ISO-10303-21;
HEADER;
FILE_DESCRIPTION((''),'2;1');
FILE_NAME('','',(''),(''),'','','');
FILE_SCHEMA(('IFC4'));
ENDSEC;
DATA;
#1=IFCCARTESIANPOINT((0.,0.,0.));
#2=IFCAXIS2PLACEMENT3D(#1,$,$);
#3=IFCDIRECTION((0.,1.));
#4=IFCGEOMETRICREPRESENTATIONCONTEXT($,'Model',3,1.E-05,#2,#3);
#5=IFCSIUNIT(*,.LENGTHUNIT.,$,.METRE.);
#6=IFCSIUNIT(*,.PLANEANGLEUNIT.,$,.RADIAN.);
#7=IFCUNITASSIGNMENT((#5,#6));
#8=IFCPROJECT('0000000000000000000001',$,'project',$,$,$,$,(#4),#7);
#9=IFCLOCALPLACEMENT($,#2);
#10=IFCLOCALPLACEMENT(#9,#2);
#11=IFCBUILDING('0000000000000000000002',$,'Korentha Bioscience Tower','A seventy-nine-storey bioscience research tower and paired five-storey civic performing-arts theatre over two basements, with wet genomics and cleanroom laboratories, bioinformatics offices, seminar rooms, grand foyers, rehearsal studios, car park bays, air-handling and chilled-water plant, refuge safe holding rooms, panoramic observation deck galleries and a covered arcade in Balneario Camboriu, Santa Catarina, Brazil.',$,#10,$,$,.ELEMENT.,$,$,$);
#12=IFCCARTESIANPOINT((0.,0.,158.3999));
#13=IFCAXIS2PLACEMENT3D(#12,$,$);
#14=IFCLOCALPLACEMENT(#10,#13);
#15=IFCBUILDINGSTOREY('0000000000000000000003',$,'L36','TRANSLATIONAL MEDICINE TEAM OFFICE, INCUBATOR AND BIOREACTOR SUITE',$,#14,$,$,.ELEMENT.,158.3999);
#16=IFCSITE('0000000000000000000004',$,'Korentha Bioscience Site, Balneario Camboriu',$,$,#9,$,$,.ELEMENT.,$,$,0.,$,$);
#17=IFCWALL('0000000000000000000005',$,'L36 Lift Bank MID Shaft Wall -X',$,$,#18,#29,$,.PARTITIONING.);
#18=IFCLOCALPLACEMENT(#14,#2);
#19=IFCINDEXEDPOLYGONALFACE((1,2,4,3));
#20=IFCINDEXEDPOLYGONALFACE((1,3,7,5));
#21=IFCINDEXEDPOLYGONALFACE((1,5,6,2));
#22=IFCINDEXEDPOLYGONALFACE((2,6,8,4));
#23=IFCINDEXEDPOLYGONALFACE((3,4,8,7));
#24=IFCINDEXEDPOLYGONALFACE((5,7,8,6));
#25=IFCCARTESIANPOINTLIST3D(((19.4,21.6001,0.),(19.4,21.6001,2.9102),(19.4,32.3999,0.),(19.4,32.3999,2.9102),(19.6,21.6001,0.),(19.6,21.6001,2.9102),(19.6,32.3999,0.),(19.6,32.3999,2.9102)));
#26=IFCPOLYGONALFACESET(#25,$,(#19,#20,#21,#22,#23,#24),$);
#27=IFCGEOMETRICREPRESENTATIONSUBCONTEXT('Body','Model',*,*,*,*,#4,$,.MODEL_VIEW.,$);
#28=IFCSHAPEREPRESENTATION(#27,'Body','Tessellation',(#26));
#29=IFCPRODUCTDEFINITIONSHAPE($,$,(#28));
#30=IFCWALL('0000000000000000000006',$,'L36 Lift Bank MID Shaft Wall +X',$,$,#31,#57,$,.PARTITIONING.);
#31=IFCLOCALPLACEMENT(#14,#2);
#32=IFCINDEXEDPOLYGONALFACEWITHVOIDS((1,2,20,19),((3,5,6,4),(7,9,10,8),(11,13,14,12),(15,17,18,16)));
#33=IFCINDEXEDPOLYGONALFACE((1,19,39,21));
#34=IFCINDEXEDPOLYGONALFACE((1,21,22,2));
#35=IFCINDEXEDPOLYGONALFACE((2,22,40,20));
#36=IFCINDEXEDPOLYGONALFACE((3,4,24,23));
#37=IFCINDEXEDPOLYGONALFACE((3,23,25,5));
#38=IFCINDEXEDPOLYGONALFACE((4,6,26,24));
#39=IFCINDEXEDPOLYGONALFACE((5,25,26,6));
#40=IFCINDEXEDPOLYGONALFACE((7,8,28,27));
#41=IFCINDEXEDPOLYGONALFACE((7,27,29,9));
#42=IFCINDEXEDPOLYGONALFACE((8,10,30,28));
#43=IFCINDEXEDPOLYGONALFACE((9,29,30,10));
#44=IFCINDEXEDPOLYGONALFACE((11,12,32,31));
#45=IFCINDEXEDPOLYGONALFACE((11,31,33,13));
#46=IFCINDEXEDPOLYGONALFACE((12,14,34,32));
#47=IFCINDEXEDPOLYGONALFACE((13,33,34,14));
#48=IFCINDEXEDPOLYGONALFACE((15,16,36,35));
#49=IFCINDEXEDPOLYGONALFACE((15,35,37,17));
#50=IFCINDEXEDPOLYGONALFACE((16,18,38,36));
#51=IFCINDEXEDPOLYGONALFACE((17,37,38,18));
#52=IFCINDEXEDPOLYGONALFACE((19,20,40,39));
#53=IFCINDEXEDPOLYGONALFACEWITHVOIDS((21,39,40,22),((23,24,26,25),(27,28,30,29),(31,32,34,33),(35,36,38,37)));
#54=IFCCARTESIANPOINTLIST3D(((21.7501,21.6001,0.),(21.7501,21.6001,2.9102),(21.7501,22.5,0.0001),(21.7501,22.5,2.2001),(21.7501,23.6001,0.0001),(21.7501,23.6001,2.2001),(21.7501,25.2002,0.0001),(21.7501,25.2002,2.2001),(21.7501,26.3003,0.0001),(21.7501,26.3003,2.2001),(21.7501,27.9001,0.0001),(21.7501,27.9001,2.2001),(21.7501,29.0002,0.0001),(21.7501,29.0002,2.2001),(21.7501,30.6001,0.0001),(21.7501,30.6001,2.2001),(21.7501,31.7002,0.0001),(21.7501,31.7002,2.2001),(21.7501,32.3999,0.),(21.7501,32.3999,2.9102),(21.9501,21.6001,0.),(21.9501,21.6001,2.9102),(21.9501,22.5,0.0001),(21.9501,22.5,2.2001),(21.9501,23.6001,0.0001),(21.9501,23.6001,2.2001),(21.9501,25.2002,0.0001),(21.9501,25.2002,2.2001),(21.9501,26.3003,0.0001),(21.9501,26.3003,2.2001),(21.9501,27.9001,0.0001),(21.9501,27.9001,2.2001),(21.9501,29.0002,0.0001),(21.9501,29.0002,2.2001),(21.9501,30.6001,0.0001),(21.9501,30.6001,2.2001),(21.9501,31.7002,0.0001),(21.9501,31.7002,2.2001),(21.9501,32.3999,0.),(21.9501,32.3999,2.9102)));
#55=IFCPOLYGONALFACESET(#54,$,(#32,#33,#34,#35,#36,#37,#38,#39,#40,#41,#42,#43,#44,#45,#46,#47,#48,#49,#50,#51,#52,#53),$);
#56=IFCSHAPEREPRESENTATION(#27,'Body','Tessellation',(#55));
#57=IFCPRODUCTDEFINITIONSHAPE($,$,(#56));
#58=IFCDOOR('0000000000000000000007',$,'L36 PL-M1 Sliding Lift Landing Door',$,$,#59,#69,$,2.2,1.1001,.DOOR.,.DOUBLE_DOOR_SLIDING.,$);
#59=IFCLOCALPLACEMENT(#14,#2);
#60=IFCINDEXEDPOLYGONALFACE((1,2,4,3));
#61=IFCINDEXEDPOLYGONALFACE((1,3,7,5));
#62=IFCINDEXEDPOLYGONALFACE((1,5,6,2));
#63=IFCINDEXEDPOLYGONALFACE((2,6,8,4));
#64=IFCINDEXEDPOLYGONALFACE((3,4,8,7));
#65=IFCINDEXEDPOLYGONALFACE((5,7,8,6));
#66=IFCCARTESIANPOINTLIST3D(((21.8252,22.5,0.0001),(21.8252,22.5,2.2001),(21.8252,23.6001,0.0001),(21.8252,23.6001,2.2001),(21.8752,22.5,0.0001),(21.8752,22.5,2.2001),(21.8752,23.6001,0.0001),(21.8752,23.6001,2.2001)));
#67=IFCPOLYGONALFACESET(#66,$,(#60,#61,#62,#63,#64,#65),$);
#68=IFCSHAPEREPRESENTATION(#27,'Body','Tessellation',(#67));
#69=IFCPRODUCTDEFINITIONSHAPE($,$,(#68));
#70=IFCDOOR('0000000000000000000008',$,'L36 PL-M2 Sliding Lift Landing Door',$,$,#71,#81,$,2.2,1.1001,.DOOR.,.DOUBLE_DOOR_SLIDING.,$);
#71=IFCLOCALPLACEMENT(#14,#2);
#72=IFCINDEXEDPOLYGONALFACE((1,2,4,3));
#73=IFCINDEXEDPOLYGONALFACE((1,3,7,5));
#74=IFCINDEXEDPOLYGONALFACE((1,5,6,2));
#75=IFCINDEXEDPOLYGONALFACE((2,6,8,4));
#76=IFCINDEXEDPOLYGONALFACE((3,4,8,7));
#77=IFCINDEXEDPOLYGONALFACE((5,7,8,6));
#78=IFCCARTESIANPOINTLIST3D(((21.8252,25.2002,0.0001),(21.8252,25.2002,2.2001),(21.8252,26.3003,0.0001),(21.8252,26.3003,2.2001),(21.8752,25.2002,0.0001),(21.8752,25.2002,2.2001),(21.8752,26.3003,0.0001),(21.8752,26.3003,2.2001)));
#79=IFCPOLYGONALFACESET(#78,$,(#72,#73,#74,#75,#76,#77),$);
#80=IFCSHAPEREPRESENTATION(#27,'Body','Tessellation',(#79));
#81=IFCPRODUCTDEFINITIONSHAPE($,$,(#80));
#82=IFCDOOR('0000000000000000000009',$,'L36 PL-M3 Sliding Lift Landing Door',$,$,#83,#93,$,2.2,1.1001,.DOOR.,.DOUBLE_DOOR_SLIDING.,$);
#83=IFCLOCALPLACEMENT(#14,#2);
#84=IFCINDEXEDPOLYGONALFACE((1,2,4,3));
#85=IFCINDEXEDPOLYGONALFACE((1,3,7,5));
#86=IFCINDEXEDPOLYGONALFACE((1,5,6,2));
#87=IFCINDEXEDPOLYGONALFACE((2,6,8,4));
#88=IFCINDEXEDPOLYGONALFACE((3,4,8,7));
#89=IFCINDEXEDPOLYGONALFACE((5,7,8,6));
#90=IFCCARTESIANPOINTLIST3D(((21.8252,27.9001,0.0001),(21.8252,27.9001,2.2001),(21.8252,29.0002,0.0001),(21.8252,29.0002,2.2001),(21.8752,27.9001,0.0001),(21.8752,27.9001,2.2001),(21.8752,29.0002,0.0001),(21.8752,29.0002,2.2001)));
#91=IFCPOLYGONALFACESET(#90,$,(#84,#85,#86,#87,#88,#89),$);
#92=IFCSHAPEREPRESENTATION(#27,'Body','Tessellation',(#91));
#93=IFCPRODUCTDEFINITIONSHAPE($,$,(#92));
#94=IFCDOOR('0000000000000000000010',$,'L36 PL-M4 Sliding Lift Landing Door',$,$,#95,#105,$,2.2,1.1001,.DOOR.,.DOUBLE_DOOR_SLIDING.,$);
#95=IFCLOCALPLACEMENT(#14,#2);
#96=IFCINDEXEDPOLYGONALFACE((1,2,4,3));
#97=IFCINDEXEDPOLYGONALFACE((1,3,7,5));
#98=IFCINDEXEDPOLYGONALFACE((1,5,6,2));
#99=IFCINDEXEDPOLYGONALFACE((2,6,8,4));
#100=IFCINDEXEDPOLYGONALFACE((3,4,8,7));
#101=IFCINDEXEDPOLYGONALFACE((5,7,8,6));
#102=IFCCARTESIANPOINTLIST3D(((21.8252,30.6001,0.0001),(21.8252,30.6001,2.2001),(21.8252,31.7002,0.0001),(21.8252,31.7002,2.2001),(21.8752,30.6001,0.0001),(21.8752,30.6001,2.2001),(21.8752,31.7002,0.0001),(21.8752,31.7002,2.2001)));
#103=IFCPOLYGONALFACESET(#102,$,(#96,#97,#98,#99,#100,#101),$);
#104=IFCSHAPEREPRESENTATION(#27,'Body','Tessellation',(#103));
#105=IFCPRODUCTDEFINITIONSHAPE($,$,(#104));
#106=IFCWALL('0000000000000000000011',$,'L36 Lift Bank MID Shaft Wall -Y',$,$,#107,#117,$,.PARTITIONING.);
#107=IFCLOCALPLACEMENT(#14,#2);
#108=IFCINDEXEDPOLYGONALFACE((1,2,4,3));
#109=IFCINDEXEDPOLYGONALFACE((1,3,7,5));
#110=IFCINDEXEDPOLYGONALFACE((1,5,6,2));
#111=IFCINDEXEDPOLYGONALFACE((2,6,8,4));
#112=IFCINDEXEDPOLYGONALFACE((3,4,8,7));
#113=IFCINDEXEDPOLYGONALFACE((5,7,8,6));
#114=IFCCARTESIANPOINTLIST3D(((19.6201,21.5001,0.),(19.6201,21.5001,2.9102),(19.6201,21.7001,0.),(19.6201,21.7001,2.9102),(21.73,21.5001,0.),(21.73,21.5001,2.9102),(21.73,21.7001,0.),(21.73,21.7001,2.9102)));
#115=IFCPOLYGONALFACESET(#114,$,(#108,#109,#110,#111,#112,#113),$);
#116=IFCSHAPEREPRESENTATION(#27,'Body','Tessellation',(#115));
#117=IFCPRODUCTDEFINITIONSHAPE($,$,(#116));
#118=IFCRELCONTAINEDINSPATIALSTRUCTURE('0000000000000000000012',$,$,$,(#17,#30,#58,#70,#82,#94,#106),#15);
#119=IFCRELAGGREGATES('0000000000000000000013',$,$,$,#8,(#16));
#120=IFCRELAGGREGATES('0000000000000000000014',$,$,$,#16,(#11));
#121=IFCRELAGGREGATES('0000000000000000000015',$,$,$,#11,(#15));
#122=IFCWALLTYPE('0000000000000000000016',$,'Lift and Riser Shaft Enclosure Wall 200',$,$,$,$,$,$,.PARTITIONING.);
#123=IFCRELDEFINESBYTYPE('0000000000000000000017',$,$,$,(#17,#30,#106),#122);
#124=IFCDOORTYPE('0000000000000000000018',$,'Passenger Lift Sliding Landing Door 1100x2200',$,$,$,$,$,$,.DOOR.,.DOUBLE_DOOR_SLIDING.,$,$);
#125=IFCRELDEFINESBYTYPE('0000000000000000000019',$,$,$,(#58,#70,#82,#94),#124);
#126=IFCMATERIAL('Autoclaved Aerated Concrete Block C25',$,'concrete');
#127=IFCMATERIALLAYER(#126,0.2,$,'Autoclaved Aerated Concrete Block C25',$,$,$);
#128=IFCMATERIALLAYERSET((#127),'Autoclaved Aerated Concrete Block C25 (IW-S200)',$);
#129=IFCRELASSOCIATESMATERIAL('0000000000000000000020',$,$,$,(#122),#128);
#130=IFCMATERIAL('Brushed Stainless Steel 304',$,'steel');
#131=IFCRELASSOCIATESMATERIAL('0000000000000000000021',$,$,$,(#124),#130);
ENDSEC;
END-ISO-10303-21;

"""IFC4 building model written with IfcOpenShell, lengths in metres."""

from ifc_helpers import new_model, si_unit, direction, frame, frame_2d, origin, place, context, subcontext, project, spatial, rectangle, extrude, material, layer, layer_set, type_object, element, fill, save


model = new_model("IFC4")

# Units and contexts
model_context = context("Model", 3, precision=1e-05, world=origin(), true_north=direction((0.0, 1.0)))
body_context = subcontext(model_context, "Body", "Model", "MODEL_VIEW")
ifc_project = project(units=[si_unit("LENGTHUNIT", "METRE"), si_unit("PLANEANGLEUNIT", "RADIAN")], contexts=[model_context])

# Site, building, storey
site_placement = place(None, origin())
site = spatial("IfcSite", under=ifc_project, at=site_placement, Name="Korentha Bioscience Site, Balneario Camboriu", CompositionType="ELEMENT", RefElevation=0.0)
building_placement = place(site_placement, origin())
building = spatial("IfcBuilding", under=site, at=building_placement, Name="Korentha Bioscience Tower", Description="A seventy-nine-storey bioscience research tower and paired five-storey civic performing-arts theatre over two basements, with wet genomics and cleanroom laboratories, bioinformatics offices, seminar rooms, grand foyers, rehearsal studios, car park bays, air-handling and chilled-water plant, refuge safe holding rooms, panoramic observation deck galleries and a covered arcade in Balneario Camboriu, Santa Catarina, Brazil.", CompositionType="ELEMENT")
storey_placement = place(building_placement, frame((0.0, 0.0, 158.3999)))
storey = spatial("IfcBuildingStorey", under=building, at=storey_placement, Name="L36", Description="TRANSLATIONAL MEDICINE TEAM OFFICE, INCUBATOR AND BIOREACTOR SUITE", CompositionType="ELEMENT", Elevation=158.3999)

# Wall
ifc_material_1 = material(Name="Autoclaved Aerated Concrete Block C25", Category="concrete")
ifc_layer_1 = layer(ifc_material_1, 0.2, Name="Autoclaved Aerated Concrete Block C25")
ifc_layer_set_1 = layer_set([ifc_layer_1], Name="Autoclaved Aerated Concrete Block C25 (IW-S200)")
wall_type_1 = type_object("IfcWallType", Name="Lift and Riser Shaft Enclosure Wall 200", PredefinedType="PARTITIONING", material=ifc_layer_set_1)
wall_1_placement = place(storey_placement, frame((19.5, 21.6001, 0.0), z_axis=(0.0, 0.0, 1.0), x_axis=(0.0, 1.0, 0.0)))
element("IfcWall", 1, at=wall_1_placement, inside=storey, type_object=wall_type_1, Name="L36 Lift Bank MID Shaft Wall -X", PredefinedType="PARTITIONING", context=body_context, shape_type="SweptSolid", body=[
    extrude(rectangle(XDim=10.7998, YDim=0.2, at=frame_2d((5.3999, 0.0))), origin(), (0.0, 0.0, 1.0), 2.9102),
])

# Wall, openings, doors
wall_2_placement = place(storey_placement, frame((21.8501, 21.6001, 0.0), z_axis=(0.0, 0.0, 1.0), x_axis=(0.0, 1.0, 0.0)))
wall_2 = element("IfcWall", 2, at=wall_2_placement, inside=storey, type_object=wall_type_1, Name="L36 Lift Bank MID Shaft Wall +X", PredefinedType="PARTITIONING", context=body_context, shape_type="SweptSolid", body=[
    extrude(rectangle(XDim=10.7998, YDim=0.2, at=frame_2d((5.3999, 0.0))), origin(), (0.0, 0.0, 1.0), 2.9102),
])
opening_1_placement = place(wall_2_placement, frame((0.8999, 0.0, 0.0)))
opening_1 = element("IfcOpeningElement", 3, at=opening_1_placement, cuts=wall_2, PredefinedType="OPENING", context=body_context, shape_type="SweptSolid", body=[
    extrude(rectangle(XDim=1.1001, YDim=2.2, at=frame_2d((0.55, 1.1001))), frame((0.0, 0.1147, 0.0), z_axis=(0.0, -1.0, 0.0), x_axis=(1.0, 0.0, 0.0)), (0.0, 0.0, 1.0), 0.2297),
])
opening_2_placement = place(wall_2_placement, frame((3.6001, 0.0, 0.0)))
opening_2 = element("IfcOpeningElement", 4, at=opening_2_placement, cuts=wall_2, PredefinedType="OPENING", context=body_context, shape_type="SweptSolid", body=[
    extrude(rectangle(XDim=1.1001, YDim=2.2, at=frame_2d((0.55, 1.1001))), frame((0.0, 0.1147, 0.0), z_axis=(0.0, -1.0, 0.0), x_axis=(1.0, 0.0, 0.0)), (0.0, 0.0, 1.0), 0.2297),
])
opening_3_placement = place(wall_2_placement, frame((6.3, 0.0, 0.0)))
opening_3 = element("IfcOpeningElement", 5, at=opening_3_placement, cuts=wall_2, PredefinedType="OPENING", context=body_context, shape_type="SweptSolid", body=[
    extrude(rectangle(XDim=1.1001, YDim=2.2, at=frame_2d((0.55, 1.1001))), frame((0.0, 0.1147, 0.0), z_axis=(0.0, -1.0, 0.0), x_axis=(1.0, 0.0, 0.0)), (0.0, 0.0, 1.0), 0.2297),
])
opening_4_placement = place(wall_2_placement, frame((9.0, 0.0, 0.0)))
opening_4 = element("IfcOpeningElement", 6, at=opening_4_placement, cuts=wall_2, PredefinedType="OPENING", context=body_context, shape_type="SweptSolid", body=[
    extrude(rectangle(XDim=1.1001, YDim=2.2, at=frame_2d((0.55, 1.1001))), frame((0.0, 0.1147, 0.0), z_axis=(0.0, -1.0, 0.0), x_axis=(1.0, 0.0, 0.0)), (0.0, 0.0, 1.0), 0.2297),
])
ifc_material_2 = material(Name="Brushed Stainless Steel 304", Category="steel")
door_type_1 = type_object("IfcDoorType", Name="Passenger Lift Sliding Landing Door 1100x2200", OperationType="DOUBLE_DOOR_SLIDING", PredefinedType="DOOR", material=ifc_material_2)
door_1_placement = place(opening_1_placement, origin())
door_1 = element("IfcDoor", 7, at=door_1_placement, inside=storey, type_object=door_type_1, Name="L36 PL-M1 Sliding Lift Landing Door", OperationType="DOUBLE_DOOR_SLIDING", OverallHeight=2.2, OverallWidth=1.1001, PredefinedType="DOOR", context=body_context, shape_type="SweptSolid", body=[
    extrude(rectangle(XDim=1.1001, YDim=2.2, at=frame_2d((0.55, 1.1001))), frame((0.0, 0.0249, 0.0), z_axis=(0.0, -1.0, 0.0), x_axis=(1.0, 0.0, 0.0)), (0.0, 0.0, 1.0), 0.05),
])
fill(opening_1, door_1)
door_2_placement = place(opening_2_placement, origin())
door_2 = element("IfcDoor", 8, at=door_2_placement, inside=storey, type_object=door_type_1, Name="L36 PL-M2 Sliding Lift Landing Door", OperationType="DOUBLE_DOOR_SLIDING", OverallHeight=2.2, OverallWidth=1.1001, PredefinedType="DOOR", context=body_context, shape_type="SweptSolid", body=[
    extrude(rectangle(XDim=1.1001, YDim=2.2, at=frame_2d((0.55, 1.1001))), frame((0.0, 0.0249, 0.0), z_axis=(0.0, -1.0, 0.0), x_axis=(1.0, 0.0, 0.0)), (0.0, 0.0, 1.0), 0.05),
])
fill(opening_2, door_2)
door_3_placement = place(opening_3_placement, origin())
door_3 = element("IfcDoor", 9, at=door_3_placement, inside=storey, type_object=door_type_1, Name="L36 PL-M3 Sliding Lift Landing Door", OperationType="DOUBLE_DOOR_SLIDING", OverallHeight=2.2, OverallWidth=1.1001, PredefinedType="DOOR", context=body_context, shape_type="SweptSolid", body=[
    extrude(rectangle(XDim=1.1001, YDim=2.2, at=frame_2d((0.55, 1.1001))), frame((0.0, 0.0249, 0.0), z_axis=(0.0, -1.0, 0.0), x_axis=(1.0, 0.0, 0.0)), (0.0, 0.0, 1.0), 0.05),
])
fill(opening_3, door_3)
door_4_placement = place(opening_4_placement, origin())
door_4 = element("IfcDoor", 10, at=door_4_placement, inside=storey, type_object=door_type_1, Name="L36 PL-M4 Sliding Lift Landing Door", OperationType="DOUBLE_DOOR_SLIDING", OverallHeight=2.2, OverallWidth=1.1001, PredefinedType="DOOR", context=body_context, shape_type="SweptSolid", body=[
    extrude(rectangle(XDim=1.1001, YDim=2.2, at=frame_2d((0.55, 1.1001))), frame((0.0, 0.0249, 0.0), z_axis=(0.0, -1.0, 0.0), x_axis=(1.0, 0.0, 0.0)), (0.0, 0.0, 1.0), 0.05),
])
fill(opening_4, door_4)

# Wall
wall_3_placement = place(storey_placement, frame((19.6201, 21.6001, 0.0), z_axis=(0.0, 0.0, 1.0), x_axis=(1.0, 0.0, 0.0)))
element("IfcWall", 11, at=wall_3_placement, inside=storey, type_object=wall_type_1, Name="L36 Lift Bank MID Shaft Wall -Y", PredefinedType="PARTITIONING", context=body_context, shape_type="SweptSolid", body=[
    extrude(rectangle(XDim=2.1099, YDim=0.2, at=frame_2d((1.0549, 0.0))), origin(), (0.0, 0.0, 1.0), 2.9102),
])

save(model, "model.ifc")
